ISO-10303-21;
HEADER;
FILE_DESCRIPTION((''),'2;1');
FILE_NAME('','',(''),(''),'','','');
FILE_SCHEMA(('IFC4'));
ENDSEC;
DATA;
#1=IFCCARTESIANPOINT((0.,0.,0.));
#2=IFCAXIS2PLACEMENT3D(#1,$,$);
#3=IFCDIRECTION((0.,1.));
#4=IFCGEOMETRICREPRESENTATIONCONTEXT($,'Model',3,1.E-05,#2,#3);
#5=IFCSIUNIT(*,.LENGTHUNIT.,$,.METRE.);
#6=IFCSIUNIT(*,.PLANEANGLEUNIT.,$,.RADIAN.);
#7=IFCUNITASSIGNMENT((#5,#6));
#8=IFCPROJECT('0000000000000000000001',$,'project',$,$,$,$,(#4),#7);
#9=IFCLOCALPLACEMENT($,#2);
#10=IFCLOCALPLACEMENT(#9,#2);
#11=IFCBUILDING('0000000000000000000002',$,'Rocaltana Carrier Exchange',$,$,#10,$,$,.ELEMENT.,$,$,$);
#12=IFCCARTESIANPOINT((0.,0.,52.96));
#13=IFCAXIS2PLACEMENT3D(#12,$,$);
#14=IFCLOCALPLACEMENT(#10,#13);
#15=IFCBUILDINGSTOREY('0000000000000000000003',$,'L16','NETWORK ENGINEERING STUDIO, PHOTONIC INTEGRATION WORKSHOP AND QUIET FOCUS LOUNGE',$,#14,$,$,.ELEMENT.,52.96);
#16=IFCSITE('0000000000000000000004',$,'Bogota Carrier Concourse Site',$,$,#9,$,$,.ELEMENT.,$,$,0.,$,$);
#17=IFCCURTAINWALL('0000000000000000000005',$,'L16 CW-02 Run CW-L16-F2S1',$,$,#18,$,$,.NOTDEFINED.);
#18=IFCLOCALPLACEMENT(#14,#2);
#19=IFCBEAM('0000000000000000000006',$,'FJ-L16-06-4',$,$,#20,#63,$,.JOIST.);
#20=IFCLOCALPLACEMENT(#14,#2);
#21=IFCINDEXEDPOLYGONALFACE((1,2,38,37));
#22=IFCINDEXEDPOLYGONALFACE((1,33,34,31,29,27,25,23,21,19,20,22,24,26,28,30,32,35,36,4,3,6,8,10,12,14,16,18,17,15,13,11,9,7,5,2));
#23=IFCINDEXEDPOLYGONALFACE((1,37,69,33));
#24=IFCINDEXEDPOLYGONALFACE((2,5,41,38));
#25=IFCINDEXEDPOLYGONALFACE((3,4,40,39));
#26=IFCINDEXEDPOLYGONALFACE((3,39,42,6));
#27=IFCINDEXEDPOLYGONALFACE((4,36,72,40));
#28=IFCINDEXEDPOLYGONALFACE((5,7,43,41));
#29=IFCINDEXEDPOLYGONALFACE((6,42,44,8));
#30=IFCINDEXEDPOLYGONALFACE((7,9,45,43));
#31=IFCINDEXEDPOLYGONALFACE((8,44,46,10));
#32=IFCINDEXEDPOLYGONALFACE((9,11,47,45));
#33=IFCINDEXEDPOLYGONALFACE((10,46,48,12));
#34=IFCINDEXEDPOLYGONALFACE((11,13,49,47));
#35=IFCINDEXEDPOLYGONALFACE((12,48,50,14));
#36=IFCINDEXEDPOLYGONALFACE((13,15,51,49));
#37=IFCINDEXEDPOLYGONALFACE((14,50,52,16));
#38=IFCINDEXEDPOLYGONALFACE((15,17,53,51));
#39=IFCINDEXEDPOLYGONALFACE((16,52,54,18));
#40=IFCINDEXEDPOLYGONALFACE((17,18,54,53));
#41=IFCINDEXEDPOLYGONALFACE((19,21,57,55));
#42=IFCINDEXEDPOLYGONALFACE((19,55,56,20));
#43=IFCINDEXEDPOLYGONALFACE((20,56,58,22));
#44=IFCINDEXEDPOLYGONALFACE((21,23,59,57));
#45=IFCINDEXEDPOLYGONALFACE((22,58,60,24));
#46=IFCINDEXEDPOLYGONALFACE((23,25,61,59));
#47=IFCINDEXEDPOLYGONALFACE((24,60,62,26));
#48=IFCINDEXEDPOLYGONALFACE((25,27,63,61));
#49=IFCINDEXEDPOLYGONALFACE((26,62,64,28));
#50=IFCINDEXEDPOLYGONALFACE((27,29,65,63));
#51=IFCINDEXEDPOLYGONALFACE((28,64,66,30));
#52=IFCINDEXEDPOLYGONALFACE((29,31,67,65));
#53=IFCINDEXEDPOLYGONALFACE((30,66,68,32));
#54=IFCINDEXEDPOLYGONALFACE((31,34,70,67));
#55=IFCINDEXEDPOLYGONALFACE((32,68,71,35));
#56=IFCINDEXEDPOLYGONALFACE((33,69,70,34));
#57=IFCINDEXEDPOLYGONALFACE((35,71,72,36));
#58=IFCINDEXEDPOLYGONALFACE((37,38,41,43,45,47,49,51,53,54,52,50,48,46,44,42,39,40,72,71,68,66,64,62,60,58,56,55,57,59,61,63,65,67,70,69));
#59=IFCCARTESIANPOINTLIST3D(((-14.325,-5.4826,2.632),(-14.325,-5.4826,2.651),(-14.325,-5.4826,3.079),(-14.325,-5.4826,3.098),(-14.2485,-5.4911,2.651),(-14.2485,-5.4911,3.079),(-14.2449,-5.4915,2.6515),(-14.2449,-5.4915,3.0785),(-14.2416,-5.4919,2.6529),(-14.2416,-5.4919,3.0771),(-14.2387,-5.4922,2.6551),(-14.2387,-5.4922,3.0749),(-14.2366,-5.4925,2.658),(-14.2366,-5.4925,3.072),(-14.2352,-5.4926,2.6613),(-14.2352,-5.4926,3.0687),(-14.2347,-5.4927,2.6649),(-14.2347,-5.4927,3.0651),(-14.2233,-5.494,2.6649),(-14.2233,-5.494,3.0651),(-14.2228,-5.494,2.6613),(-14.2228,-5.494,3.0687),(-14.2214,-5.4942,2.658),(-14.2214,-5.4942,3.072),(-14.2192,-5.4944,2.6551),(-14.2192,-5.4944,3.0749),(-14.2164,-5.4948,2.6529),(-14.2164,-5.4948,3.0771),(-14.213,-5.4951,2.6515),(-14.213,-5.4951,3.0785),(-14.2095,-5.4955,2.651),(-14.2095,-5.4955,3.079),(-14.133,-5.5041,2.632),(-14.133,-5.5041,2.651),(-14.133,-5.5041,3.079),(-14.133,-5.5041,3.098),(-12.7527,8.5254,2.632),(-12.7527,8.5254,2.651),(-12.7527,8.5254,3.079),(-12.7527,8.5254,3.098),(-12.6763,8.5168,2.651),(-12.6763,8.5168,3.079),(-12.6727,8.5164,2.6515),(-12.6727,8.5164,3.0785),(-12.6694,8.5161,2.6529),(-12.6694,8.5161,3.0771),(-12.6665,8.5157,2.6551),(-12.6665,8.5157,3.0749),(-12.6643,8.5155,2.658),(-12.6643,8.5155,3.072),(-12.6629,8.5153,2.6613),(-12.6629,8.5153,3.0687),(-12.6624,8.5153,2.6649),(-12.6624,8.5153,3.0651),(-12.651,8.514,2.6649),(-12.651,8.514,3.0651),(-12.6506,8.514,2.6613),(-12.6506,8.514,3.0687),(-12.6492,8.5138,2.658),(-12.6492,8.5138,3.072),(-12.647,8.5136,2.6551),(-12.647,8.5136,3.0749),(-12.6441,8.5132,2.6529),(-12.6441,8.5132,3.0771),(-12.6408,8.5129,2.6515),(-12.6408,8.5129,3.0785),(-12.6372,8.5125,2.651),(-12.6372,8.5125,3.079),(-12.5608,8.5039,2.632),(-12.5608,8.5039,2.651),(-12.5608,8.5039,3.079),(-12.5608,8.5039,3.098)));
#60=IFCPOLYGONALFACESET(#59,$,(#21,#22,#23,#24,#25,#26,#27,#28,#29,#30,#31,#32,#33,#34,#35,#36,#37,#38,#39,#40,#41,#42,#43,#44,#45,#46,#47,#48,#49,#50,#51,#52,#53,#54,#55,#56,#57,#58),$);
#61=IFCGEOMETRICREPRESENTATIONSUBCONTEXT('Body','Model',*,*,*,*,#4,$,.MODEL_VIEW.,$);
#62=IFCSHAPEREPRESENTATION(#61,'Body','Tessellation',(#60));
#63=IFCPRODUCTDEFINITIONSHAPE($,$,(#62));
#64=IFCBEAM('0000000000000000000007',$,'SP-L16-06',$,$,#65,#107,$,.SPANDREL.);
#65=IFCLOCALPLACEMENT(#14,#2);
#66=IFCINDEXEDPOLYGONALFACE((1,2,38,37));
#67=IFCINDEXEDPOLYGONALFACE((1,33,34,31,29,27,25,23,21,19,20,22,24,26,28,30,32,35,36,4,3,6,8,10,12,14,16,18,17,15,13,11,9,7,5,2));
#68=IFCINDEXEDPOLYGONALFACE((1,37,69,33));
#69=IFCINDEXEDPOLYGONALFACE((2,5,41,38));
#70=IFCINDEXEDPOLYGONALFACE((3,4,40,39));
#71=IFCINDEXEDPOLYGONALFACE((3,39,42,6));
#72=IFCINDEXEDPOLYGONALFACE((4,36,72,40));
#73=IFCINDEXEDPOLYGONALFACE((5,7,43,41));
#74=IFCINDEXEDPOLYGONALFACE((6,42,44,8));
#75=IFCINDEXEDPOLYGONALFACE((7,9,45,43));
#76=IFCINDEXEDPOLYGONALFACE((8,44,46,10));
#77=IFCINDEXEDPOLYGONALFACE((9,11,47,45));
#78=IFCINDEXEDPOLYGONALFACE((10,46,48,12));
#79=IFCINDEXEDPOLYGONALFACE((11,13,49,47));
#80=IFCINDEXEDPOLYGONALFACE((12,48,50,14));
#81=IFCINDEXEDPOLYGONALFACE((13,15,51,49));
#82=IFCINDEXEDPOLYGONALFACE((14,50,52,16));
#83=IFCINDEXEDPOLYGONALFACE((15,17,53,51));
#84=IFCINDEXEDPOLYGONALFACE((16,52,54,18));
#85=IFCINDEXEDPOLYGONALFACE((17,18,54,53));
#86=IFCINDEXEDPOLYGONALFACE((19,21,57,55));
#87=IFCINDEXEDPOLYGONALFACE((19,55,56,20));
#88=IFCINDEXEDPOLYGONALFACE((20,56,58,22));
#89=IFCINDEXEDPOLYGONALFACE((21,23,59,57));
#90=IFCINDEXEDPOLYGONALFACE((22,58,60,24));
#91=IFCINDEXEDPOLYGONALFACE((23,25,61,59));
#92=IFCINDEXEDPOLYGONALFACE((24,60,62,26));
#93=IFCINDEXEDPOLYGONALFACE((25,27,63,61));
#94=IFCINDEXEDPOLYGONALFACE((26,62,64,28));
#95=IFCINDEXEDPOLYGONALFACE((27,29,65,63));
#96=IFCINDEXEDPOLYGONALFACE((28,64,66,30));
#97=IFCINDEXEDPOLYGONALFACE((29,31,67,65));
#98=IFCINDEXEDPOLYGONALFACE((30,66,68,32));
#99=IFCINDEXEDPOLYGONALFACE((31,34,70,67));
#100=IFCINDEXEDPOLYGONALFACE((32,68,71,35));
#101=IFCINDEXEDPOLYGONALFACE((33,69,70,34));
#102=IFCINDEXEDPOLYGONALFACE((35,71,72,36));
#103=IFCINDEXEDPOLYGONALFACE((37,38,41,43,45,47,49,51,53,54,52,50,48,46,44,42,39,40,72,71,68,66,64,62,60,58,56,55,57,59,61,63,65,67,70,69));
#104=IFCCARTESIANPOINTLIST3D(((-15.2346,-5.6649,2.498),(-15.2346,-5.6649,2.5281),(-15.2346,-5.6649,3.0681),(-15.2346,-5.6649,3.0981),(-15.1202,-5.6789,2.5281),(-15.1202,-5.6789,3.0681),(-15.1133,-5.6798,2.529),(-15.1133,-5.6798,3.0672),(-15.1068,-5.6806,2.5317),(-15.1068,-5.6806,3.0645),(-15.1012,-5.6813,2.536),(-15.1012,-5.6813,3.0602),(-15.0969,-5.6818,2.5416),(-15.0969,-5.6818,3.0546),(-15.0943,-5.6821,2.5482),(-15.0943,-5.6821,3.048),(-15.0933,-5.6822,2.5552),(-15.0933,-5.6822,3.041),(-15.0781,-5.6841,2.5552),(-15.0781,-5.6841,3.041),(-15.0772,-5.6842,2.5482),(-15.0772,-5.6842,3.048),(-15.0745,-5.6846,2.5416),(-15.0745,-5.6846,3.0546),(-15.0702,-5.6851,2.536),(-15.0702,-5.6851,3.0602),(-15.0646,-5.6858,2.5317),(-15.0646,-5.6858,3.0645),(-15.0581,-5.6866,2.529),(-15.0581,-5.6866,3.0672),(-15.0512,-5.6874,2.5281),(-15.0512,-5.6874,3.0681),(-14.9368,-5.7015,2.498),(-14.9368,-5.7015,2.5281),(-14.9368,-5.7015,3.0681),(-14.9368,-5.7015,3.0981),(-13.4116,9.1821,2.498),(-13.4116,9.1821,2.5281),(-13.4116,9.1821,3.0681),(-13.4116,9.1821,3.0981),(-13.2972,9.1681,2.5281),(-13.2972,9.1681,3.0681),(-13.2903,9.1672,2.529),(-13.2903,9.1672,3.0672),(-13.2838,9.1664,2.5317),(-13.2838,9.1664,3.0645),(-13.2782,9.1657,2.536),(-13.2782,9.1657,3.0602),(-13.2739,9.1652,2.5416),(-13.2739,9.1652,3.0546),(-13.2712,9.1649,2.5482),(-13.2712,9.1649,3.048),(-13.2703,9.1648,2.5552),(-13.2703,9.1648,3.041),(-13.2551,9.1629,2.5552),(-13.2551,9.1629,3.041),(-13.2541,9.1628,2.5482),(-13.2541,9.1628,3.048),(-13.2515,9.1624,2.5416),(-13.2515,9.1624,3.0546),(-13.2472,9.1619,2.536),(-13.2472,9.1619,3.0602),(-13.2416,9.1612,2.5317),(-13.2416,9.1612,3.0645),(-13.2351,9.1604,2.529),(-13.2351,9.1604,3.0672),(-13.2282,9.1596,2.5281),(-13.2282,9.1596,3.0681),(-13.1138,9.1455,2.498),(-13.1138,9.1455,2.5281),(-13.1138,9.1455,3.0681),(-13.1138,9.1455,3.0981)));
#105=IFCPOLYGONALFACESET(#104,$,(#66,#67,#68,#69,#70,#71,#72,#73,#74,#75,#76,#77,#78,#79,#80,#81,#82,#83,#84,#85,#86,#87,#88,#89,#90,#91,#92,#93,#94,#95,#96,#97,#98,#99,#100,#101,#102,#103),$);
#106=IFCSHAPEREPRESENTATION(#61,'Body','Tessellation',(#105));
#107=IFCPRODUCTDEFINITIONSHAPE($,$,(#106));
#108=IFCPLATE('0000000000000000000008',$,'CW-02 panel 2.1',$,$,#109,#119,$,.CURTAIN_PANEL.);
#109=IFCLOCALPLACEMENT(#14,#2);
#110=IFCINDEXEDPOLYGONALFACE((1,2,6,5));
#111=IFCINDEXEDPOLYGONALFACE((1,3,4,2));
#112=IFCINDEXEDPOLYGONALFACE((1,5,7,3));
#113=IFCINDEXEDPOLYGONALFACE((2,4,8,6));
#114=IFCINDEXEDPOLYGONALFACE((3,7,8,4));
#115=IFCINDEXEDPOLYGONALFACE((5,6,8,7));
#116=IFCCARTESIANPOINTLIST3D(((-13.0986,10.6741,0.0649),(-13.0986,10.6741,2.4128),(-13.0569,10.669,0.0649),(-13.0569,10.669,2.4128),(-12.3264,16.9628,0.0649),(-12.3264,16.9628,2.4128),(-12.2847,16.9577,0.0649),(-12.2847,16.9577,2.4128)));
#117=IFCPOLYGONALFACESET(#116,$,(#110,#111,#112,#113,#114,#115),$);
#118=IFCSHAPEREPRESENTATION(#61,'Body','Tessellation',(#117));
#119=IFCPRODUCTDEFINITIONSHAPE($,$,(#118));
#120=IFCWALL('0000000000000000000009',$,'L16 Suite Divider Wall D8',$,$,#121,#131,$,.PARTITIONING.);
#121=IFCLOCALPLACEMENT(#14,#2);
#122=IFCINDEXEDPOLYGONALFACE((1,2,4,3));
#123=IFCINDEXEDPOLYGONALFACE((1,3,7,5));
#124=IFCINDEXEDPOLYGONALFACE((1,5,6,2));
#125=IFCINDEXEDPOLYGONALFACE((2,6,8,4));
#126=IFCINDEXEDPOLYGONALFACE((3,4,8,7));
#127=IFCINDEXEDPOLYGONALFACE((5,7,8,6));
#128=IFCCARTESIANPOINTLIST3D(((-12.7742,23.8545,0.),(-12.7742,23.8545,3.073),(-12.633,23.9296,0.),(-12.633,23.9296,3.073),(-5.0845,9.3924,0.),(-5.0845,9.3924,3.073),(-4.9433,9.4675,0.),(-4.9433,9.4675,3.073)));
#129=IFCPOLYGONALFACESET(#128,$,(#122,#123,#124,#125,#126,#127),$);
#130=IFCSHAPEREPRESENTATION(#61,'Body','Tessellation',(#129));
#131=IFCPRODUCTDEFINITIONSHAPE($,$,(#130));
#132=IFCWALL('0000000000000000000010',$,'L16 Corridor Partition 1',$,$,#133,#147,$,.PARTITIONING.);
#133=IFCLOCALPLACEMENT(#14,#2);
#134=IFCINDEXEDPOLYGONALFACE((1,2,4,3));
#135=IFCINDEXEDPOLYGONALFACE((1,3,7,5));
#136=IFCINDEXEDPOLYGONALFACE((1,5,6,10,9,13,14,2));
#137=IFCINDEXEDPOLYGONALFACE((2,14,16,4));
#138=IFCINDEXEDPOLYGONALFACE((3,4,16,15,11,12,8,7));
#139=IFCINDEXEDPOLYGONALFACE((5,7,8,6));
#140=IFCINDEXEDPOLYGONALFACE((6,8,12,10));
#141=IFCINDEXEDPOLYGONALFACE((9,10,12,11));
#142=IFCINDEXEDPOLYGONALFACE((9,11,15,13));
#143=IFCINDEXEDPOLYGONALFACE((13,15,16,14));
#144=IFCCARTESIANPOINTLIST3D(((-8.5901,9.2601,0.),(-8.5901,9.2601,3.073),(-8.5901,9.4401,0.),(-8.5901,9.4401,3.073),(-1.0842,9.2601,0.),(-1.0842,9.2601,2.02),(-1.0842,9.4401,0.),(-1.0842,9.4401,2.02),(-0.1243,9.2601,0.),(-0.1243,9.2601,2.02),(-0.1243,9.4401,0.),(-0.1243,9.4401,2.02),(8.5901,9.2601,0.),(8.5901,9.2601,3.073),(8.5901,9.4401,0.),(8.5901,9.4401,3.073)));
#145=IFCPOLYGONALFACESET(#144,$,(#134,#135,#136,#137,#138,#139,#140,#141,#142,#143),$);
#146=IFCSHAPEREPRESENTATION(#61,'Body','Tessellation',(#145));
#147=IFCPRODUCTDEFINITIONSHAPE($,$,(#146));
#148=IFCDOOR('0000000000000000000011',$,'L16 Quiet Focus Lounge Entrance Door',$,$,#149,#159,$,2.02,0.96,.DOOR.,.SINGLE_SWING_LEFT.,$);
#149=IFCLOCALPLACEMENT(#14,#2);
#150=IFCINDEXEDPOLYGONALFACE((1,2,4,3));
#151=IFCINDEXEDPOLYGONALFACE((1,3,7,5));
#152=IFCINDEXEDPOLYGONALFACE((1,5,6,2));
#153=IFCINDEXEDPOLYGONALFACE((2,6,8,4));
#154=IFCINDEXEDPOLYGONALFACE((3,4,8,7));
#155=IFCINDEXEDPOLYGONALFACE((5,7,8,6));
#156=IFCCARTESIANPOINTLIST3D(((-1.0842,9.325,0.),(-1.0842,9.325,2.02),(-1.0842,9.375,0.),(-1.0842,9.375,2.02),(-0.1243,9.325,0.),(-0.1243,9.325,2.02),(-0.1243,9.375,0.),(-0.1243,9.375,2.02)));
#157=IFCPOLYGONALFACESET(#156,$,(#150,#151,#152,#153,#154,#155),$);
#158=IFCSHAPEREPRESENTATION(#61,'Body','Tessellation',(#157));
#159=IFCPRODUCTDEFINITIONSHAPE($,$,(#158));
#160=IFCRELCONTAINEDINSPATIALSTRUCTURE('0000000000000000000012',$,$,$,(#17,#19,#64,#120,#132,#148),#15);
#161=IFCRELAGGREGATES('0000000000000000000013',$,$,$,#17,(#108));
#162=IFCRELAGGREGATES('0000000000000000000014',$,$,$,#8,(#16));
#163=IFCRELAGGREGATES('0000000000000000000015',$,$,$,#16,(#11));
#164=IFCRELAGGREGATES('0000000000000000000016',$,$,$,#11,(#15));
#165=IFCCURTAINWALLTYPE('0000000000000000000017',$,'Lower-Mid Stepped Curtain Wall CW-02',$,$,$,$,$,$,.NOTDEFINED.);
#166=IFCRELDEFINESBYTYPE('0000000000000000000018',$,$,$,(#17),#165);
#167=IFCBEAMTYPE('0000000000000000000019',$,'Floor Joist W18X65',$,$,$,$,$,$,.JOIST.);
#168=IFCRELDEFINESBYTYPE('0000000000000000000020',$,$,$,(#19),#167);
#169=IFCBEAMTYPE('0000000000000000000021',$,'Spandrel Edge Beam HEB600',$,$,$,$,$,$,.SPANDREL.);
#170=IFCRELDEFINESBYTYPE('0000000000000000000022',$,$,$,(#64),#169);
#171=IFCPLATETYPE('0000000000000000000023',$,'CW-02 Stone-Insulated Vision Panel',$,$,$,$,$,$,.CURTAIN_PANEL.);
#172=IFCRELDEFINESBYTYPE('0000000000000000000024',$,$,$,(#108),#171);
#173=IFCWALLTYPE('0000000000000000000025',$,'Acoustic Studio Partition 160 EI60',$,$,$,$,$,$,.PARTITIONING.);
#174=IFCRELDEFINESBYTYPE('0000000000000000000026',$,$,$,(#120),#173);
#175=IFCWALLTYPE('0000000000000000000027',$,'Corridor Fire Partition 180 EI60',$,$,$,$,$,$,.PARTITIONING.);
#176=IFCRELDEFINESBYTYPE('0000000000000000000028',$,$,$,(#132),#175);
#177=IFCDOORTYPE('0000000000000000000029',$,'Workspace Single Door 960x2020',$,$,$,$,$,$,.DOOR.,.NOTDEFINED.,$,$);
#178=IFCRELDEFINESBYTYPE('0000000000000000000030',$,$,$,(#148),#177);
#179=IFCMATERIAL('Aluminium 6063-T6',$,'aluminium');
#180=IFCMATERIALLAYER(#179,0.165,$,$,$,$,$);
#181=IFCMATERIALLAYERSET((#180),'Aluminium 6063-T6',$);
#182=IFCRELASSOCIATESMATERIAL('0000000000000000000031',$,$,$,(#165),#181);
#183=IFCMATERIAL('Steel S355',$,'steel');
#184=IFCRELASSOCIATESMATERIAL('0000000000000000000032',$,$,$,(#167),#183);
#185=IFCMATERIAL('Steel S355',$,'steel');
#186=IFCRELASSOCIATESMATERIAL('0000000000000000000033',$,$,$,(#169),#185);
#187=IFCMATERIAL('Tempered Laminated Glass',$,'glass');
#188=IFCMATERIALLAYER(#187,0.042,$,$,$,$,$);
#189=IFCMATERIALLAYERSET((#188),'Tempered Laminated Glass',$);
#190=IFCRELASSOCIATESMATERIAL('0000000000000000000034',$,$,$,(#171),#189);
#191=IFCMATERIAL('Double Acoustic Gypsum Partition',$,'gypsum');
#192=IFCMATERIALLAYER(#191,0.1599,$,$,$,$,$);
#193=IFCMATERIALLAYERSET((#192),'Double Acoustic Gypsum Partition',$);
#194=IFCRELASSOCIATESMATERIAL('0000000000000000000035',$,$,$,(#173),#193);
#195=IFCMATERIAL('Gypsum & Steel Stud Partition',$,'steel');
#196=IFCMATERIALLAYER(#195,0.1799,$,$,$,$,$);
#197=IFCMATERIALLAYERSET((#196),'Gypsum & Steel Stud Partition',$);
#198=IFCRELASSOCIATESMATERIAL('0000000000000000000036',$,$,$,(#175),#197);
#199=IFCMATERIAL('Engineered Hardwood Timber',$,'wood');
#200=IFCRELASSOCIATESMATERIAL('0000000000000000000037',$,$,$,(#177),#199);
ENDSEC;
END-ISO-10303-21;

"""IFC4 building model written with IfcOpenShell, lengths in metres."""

from ifc_helpers import new_model, si_unit, direction, frame, frame_2d, origin, origin_2d, place, context, subcontext, project, spatial, rectangle, i_section, extrude, material, layer, layer_set, material_profile, profile_set, type_object, element, fill, aggregate, save


model = new_model("IFC4")

# Units and contexts
model_context = context("Model", 3, precision=1e-05, world=origin(), true_north=direction((0.0, 1.0)))
body_context = subcontext(model_context, "Body", "Model", "MODEL_VIEW")
ifc_project = project(units=[si_unit("LENGTHUNIT", "METRE"), si_unit("PLANEANGLEUNIT", "RADIAN")], contexts=[model_context])

# Site, building, storey
site_placement = place(None, origin())
site = spatial("IfcSite", under=ifc_project, at=site_placement, Name="Bogota Carrier Concourse Site", CompositionType="ELEMENT", RefElevation=0.0)
building_placement = place(site_placement, origin())
building = spatial("IfcBuilding", under=site, at=building_placement, Name="Rocaltana Carrier Exchange", CompositionType="ELEMENT")
storey_placement = place(building_placement, frame((0.0, 0.0, 52.96)))
storey = spatial("IfcBuildingStorey", under=building, at=storey_placement, Name="L16", Description="NETWORK ENGINEERING STUDIO, PHOTONIC INTEGRATION WORKSHOP AND QUIET FOCUS LOUNGE", CompositionType="ELEMENT", Elevation=52.96)

# Curtain wall
ifc_material_1 = material(Name="Aluminium 6063-T6", Category="aluminium")
ifc_layer_1 = layer(ifc_material_1, 0.165)
ifc_layer_set_1 = layer_set([ifc_layer_1], Name="Aluminium 6063-T6")
curtain_wall_type = type_object("IfcCurtainWallType", Name="Lower-Mid Stepped Curtain Wall CW-02", PredefinedType="NOTDEFINED", material=ifc_layer_set_1)
curtain_wall_1_placement = place(storey_placement, origin())
curtain_wall_1 = element("IfcCurtainWall", 1, at=curtain_wall_1_placement, inside=storey, type_object=curtain_wall_type, Name="L16 CW-02 Run CW-L16-F2S1", PredefinedType="NOTDEFINED")

# Beams
ifc_material_2 = material(Name="Steel S355", Category="steel")
ifc_material_profile_1 = material_profile(ifc_material_2, i_section(OverallWidth=0.1931, OverallDepth=0.4661, WebThickness=0.0115, FlangeThickness=0.019, FilletRadius=0.0139, at=origin_2d()), Name="W18X65")
ifc_profile_set_1 = profile_set([ifc_material_profile_1], Name="Steel S355")
beam_type_1 = type_object("IfcBeamType", Name="Floor Joist W18X65", PredefinedType="JOIST", material=ifc_profile_set_1)
beam_1_placement = place(storey_placement, frame((-12.6567, 8.5146, 2.865), z_axis=(-0.11154, -0.99376, 0.0), x_axis=(0.99376, -0.11154, 0.0)))
element("IfcBeam", 2, at=beam_1_placement, inside=storey, type_object=beam_type_1, Name="FJ-L16-06-4", PredefinedType="JOIST", context=body_context, shape_type="SweptSolid", body=[
    extrude(i_section(OverallWidth=0.1931, OverallDepth=0.4661, WebThickness=0.0115, FlangeThickness=0.019, FilletRadius=0.0139, at=origin_2d()), origin(), (0.0, 0.0, 1.0), 14.0959),
])
ifc_material_3 = material(Name="Steel S355", Category="steel")
ifc_material_profile_2 = material_profile(ifc_material_3, i_section(OverallWidth=0.3, OverallDepth=0.6001, WebThickness=0.0154, FlangeThickness=0.03, FilletRadius=0.0271, at=origin_2d()), Name="HEB600")
ifc_profile_set_2 = profile_set([ifc_material_profile_2], Name="Steel S355")
beam_type_2 = type_object("IfcBeamType", Name="Spandrel Edge Beam HEB600", PredefinedType="SPANDREL", material=ifc_profile_set_2)
beam_2_placement = place(storey_placement, frame((-13.2627, 9.1638, 2.7981), z_axis=(-0.121871, -0.992546, 0.0), x_axis=(0.992546, -0.121871, 0.0)))
element("IfcBeam", 3, at=beam_2_placement, inside=storey, type_object=beam_type_2, Name="SP-L16-06", PredefinedType="SPANDREL", context=body_context, shape_type="SweptSolid", body=[
    extrude(i_section(OverallWidth=0.3, OverallDepth=0.6001, WebThickness=0.0154, FlangeThickness=0.03, FilletRadius=0.0271, at=origin_2d()), origin(), (0.0, 0.0, 1.0), 14.9585),
])

# Plate
ifc_material_4 = material(Name="Tempered Laminated Glass", Category="glass")
ifc_layer_2 = layer(ifc_material_4, 0.042)
ifc_layer_set_2 = layer_set([ifc_layer_2], Name="Tempered Laminated Glass")
plate_type = type_object("IfcPlateType", Name="CW-02 Stone-Insulated Vision Panel", PredefinedType="CURTAIN_PANEL", material=ifc_layer_set_2)
plate_placement = place(storey_placement, frame((-12.6917, 13.8159, 0.0649), z_axis=(0.0, 0.0, 1.0), x_axis=(-0.121873, -0.992546, 0.0)))
plate = element("IfcPlate", 4, at=plate_placement, type_object=plate_type, Name="CW-02 panel 2.1", PredefinedType="CURTAIN_PANEL", context=body_context, shape_type="SweptSolid", body=[
    extrude(rectangle(XDim=6.3359, YDim=0.042, at=origin_2d()), origin(), (0.0, 0.0, 1.0), 2.3479),
])
aggregate(curtain_wall_1, [plate])

# Wall
ifc_material_5 = material(Name="Double Acoustic Gypsum Partition", Category="gypsum")
ifc_layer_3 = layer(ifc_material_5, 0.1599)
ifc_layer_set_3 = layer_set([ifc_layer_3], Name="Double Acoustic Gypsum Partition")
wall_type_1 = type_object("IfcWallType", Name="Acoustic Studio Partition 160 EI60", PredefinedType="PARTITIONING", material=ifc_layer_set_3)
wall_1_placement = place(storey_placement, frame((-5.0139, 9.4299, 0.0), z_axis=(0.0, 0.0, 1.0), x_axis=(-0.469473, 0.882947, 0.0)))
element("IfcWall", 5, at=wall_1_placement, inside=storey, type_object=wall_type_1, Name="L16 Suite Divider Wall D8", PredefinedType="PARTITIONING", context=body_context, shape_type="SweptSolid", body=[
    extrude(rectangle(XDim=16.3794, YDim=0.1599, at=frame_2d((8.1897, 0.0))), origin(), (0.0, 0.0, 1.0), 3.073),
])

# Wall, opening, door
ifc_material_6 = material(Name="Gypsum & Steel Stud Partition", Category="steel")
ifc_layer_4 = layer(ifc_material_6, 0.1799)
ifc_layer_set_4 = layer_set([ifc_layer_4], Name="Gypsum & Steel Stud Partition")
wall_type_2 = type_object("IfcWallType", Name="Corridor Fire Partition 180 EI60", PredefinedType="PARTITIONING", material=ifc_layer_set_4)
wall_2_placement = place(storey_placement, frame((-8.5901, 9.3501, 0.0), z_axis=(0.0, 0.0, 1.0), x_axis=(1.0, 0.0, 0.0)))
wall_2 = element("IfcWall", 6, at=wall_2_placement, inside=storey, type_object=wall_type_2, Name="L16 Corridor Partition 1", PredefinedType="PARTITIONING", context=body_context, shape_type="SweptSolid", body=[
    extrude(rectangle(XDim=17.1802, YDim=0.1799, at=frame_2d((8.5901, 0.0))), origin(), (0.0, 0.0, 1.0), 3.073),
])
opening_1_placement = place(wall_2_placement, frame((7.5059, 0.0, 0.0)))
opening_1 = element("IfcOpeningElement", 7, at=opening_1_placement, cuts=wall_2, PredefinedType="OPENING", context=body_context, shape_type="SweptSolid", body=[
    extrude(rectangle(XDim=0.96, YDim=2.02, at=frame_2d((0.48, 1.01))), frame((0.0, 0.0999, 0.0), z_axis=(0.0, -1.0, 0.0), x_axis=(1.0, 0.0, 0.0)), (0.0, 0.0, 1.0), 0.2),
])
ifc_material_7 = material(Name="Engineered Hardwood Timber", Category="wood")
door_type_1 = type_object("IfcDoorType", Name="Workspace Single Door 960x2020", OperationType="NOTDEFINED", PredefinedType="DOOR", material=ifc_material_7)
door_1_placement = place(opening_1_placement, origin())
door_1 = element("IfcDoor", 8, at=door_1_placement, inside=storey, type_object=door_type_1, Name="L16 Quiet Focus Lounge Entrance Door", OperationType="SINGLE_SWING_LEFT", OverallHeight=2.02, OverallWidth=0.96, PredefinedType="DOOR", context=body_context, shape_type="SweptSolid", body=[
    extrude(rectangle(XDim=0.96, YDim=2.02, at=frame_2d((0.48, 1.01))), frame((0.0, 0.0249, 0.0), z_axis=(0.0, -1.0, 0.0), x_axis=(1.0, 0.0, 0.0)), (0.0, 0.0, 1.0), 0.05),
])
fill(opening_1, door_1)

save(model, "model.ifc")
